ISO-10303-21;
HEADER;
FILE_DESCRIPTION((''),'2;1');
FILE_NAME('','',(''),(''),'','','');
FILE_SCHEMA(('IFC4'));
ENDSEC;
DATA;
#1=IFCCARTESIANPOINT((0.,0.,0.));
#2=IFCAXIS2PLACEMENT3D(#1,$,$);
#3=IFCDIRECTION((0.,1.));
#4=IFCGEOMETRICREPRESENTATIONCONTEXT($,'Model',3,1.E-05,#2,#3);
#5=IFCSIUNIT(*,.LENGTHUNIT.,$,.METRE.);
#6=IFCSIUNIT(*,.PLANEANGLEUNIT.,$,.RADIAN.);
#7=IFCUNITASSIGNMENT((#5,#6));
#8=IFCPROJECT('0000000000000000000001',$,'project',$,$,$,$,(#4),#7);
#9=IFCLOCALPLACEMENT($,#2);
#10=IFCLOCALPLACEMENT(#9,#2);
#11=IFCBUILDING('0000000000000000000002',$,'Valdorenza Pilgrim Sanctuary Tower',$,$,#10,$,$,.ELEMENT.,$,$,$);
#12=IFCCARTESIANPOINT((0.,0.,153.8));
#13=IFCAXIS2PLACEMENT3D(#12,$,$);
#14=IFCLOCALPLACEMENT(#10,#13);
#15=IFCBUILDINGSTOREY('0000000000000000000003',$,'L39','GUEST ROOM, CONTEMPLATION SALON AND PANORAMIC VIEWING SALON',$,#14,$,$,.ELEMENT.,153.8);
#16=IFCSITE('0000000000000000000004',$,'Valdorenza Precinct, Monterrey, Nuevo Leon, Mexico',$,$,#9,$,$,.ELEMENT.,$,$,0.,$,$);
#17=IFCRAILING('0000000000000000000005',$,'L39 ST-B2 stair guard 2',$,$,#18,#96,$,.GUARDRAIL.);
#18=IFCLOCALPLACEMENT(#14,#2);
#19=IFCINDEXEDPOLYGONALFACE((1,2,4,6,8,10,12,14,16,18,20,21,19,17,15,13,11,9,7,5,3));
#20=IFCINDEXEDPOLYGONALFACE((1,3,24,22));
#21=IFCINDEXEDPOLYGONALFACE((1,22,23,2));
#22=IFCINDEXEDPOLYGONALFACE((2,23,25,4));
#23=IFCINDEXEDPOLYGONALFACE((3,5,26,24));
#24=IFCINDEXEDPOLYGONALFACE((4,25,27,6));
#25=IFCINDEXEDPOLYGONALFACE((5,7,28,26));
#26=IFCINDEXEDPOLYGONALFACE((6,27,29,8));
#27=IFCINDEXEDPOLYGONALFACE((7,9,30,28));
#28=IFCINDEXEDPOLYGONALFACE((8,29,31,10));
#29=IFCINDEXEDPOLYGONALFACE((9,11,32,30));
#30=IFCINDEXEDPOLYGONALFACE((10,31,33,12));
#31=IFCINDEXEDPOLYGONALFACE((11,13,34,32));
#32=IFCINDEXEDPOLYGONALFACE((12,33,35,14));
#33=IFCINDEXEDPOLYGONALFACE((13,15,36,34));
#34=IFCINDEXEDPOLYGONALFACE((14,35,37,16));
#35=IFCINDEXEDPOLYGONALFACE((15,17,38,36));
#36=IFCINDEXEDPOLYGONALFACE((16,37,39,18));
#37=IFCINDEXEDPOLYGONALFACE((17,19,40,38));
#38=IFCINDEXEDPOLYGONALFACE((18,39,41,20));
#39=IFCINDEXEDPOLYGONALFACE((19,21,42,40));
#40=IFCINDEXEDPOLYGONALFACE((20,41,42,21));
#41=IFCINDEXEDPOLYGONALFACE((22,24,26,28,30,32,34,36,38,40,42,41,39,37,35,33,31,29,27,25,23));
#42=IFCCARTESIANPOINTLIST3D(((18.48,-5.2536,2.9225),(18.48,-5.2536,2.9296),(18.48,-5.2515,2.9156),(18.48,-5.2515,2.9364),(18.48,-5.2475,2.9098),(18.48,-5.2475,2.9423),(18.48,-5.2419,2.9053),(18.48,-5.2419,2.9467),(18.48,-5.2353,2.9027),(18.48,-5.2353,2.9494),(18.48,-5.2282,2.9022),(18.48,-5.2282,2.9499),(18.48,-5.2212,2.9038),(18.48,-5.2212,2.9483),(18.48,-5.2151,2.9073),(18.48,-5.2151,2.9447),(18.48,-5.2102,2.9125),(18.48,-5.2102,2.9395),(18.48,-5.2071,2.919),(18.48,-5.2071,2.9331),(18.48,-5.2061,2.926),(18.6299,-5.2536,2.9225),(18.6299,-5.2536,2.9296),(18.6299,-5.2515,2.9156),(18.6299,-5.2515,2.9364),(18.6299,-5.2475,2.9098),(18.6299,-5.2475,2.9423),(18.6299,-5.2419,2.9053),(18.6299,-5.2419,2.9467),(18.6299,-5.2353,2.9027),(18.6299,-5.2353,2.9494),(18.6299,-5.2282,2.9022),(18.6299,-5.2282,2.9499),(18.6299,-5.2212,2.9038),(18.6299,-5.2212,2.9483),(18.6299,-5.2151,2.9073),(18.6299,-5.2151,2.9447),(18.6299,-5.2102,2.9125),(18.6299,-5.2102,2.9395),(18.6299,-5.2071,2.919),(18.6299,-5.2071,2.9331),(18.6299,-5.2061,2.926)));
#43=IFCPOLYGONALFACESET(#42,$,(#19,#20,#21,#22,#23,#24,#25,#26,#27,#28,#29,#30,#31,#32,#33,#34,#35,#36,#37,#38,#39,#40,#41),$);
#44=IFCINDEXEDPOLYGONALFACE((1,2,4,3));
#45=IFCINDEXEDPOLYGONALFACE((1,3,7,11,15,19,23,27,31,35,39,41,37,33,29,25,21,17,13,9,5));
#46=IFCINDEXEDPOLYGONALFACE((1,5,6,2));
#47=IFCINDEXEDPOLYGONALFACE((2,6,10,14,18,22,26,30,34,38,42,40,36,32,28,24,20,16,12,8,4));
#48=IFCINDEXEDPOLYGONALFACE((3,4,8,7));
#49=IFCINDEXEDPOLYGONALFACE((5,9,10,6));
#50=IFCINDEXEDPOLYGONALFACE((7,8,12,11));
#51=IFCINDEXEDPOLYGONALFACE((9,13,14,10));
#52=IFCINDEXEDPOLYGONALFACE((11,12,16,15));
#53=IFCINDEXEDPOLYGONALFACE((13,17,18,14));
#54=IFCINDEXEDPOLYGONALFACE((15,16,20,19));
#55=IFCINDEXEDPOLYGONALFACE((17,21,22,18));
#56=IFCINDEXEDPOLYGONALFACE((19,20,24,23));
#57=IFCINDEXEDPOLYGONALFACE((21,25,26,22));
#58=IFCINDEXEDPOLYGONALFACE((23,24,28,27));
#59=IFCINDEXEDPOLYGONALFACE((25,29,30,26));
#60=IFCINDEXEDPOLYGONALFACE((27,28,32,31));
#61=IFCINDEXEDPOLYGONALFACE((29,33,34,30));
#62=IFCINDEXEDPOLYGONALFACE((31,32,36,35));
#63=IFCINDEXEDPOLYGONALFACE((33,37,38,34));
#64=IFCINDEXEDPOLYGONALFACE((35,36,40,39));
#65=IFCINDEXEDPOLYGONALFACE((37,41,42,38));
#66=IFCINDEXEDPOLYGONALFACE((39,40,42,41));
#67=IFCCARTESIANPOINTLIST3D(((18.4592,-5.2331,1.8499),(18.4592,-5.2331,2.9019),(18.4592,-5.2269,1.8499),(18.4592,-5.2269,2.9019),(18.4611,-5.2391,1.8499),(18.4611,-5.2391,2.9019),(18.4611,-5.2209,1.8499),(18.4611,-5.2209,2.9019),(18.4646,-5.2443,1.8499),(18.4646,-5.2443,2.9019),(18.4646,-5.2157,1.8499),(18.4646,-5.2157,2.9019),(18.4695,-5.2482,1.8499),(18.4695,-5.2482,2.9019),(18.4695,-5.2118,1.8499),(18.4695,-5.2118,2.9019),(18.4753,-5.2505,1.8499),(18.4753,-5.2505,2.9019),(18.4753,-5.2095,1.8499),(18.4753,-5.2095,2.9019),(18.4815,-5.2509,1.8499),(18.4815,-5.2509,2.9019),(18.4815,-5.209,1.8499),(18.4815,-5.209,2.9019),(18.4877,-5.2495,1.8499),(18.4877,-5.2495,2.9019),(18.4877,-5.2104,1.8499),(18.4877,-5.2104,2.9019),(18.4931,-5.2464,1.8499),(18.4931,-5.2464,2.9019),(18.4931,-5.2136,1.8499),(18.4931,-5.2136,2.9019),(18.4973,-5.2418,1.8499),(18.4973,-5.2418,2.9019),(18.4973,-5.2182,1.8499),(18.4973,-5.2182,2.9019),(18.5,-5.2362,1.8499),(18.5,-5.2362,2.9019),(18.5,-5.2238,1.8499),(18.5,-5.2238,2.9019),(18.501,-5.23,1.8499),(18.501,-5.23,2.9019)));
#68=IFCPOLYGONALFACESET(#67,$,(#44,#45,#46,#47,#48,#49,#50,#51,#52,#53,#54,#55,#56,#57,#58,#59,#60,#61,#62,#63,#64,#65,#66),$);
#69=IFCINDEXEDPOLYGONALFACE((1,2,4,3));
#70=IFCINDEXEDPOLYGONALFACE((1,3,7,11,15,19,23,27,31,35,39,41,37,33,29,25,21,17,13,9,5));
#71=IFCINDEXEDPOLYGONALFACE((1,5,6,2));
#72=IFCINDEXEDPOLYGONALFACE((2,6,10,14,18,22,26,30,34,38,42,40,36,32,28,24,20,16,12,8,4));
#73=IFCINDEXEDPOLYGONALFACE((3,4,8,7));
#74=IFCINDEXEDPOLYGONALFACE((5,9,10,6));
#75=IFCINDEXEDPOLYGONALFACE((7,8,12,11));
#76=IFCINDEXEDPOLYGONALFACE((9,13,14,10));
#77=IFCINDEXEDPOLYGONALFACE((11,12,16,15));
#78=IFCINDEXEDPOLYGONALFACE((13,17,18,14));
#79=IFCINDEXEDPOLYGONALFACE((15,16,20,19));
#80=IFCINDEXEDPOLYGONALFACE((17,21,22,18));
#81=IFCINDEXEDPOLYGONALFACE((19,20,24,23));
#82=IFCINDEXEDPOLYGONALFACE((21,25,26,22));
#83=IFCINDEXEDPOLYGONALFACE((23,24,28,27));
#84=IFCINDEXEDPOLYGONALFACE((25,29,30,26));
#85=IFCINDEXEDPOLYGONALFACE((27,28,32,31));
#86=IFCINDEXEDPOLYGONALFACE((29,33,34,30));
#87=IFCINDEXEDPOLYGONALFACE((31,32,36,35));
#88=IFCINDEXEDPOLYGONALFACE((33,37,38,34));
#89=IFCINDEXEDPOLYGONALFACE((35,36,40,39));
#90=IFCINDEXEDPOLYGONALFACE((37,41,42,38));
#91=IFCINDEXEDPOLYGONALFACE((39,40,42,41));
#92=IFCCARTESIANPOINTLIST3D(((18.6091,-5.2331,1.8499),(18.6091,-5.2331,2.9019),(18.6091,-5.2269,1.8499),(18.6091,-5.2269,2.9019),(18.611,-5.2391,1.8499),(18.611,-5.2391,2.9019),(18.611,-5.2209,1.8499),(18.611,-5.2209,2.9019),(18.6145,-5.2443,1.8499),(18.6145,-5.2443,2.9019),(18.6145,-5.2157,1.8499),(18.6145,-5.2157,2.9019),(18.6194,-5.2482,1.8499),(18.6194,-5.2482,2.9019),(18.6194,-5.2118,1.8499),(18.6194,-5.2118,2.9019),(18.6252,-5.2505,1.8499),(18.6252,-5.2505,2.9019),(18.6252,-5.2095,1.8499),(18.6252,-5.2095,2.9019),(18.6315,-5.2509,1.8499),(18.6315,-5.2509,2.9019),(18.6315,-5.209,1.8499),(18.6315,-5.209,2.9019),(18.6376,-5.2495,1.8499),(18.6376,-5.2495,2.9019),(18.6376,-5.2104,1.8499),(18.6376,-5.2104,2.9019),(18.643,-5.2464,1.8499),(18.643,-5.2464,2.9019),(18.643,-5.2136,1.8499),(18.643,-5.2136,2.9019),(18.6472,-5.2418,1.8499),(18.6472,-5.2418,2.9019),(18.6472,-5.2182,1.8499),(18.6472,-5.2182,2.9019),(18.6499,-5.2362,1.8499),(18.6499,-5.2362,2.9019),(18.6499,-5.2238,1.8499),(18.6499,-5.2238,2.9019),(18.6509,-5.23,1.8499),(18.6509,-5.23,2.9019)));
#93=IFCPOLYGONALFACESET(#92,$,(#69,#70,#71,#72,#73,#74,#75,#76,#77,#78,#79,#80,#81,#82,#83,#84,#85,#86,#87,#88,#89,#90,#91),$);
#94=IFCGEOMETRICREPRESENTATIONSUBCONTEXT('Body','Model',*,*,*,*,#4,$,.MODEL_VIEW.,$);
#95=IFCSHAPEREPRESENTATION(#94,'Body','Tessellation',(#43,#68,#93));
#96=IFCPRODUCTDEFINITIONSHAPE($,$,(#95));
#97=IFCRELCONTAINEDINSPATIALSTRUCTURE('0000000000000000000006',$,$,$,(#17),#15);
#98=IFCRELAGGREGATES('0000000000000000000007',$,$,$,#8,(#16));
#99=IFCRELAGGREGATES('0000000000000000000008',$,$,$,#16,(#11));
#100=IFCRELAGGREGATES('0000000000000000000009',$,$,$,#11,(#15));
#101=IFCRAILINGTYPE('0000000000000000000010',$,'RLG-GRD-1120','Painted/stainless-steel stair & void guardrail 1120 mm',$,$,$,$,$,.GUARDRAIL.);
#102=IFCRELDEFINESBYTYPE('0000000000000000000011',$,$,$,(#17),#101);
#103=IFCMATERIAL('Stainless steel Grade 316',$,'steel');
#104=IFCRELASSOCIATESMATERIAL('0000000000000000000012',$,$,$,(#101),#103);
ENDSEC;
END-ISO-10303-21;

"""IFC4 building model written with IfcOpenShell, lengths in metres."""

from ifc_helpers import new_model, si_unit, direction, frame, origin, origin_2d, place, context, subcontext, project, spatial, circle, extrude, material, type_object, element, save


model = new_model("IFC4")

# Units and contexts
model_context = context("Model", 3, precision=1e-05, world=origin(), true_north=direction((0.0, 1.0)))
body_context = subcontext(model_context, "Body", "Model", "MODEL_VIEW")
ifc_project = project(units=[si_unit("LENGTHUNIT", "METRE"), si_unit("PLANEANGLEUNIT", "RADIAN")], contexts=[model_context])

# Site, building, storey
site_placement = place(None, origin())
site = spatial("IfcSite", under=ifc_project, at=site_placement, Name="Valdorenza Precinct, Monterrey, Nuevo Leon, Mexico", CompositionType="ELEMENT", RefElevation=0.0)
building_placement = place(site_placement, origin())
building = spatial("IfcBuilding", under=site, at=building_placement, Name="Valdorenza Pilgrim Sanctuary Tower", CompositionType="ELEMENT")
storey_placement = place(building_placement, frame((0.0, 0.0, 153.8)))
storey = spatial("IfcBuildingStorey", under=building, at=storey_placement, Name="L39", Description="GUEST ROOM, CONTEMPLATION SALON AND PANORAMIC VIEWING SALON", CompositionType="ELEMENT", Elevation=153.8)

# Railing
ifc_material_1 = material(Name="Stainless steel Grade 316", Category="steel")
railing_type_1 = type_object("IfcRailingType", Name="RLG-GRD-1120", Description="Painted/stainless-steel stair & void guardrail 1120 mm", PredefinedType="GUARDRAIL", material=ifc_material_1)
railing_1_placement = place(storey_placement, frame((18.48, -5.23, 1.8499)))
element("IfcRailing", 1, at=railing_1_placement, inside=storey, type_object=railing_type_1, Name="L39 ST-B2 stair guard 2", PredefinedType="GUARDRAIL", context=body_context, shape_type="SweptSolid", body=[
    extrude(circle(Radius=0.0239, at=origin_2d()), frame((0.0, 0.0, 1.0762), z_axis=(1.0, 0.0, 0.0), x_axis=(0.0, 1.0, 0.0)), (0.0, 0.0, 1.0), 0.1499),
    extrude(circle(Radius=0.021, at=origin_2d()), origin(), (0.0, 0.0, 1.0), 1.052),
    extrude(circle(Radius=0.021, at=origin_2d()), frame((0.1499, 0.0, 0.0)), (0.0, 0.0, 1.0), 1.052),
])

save(model, "model.ifc")
